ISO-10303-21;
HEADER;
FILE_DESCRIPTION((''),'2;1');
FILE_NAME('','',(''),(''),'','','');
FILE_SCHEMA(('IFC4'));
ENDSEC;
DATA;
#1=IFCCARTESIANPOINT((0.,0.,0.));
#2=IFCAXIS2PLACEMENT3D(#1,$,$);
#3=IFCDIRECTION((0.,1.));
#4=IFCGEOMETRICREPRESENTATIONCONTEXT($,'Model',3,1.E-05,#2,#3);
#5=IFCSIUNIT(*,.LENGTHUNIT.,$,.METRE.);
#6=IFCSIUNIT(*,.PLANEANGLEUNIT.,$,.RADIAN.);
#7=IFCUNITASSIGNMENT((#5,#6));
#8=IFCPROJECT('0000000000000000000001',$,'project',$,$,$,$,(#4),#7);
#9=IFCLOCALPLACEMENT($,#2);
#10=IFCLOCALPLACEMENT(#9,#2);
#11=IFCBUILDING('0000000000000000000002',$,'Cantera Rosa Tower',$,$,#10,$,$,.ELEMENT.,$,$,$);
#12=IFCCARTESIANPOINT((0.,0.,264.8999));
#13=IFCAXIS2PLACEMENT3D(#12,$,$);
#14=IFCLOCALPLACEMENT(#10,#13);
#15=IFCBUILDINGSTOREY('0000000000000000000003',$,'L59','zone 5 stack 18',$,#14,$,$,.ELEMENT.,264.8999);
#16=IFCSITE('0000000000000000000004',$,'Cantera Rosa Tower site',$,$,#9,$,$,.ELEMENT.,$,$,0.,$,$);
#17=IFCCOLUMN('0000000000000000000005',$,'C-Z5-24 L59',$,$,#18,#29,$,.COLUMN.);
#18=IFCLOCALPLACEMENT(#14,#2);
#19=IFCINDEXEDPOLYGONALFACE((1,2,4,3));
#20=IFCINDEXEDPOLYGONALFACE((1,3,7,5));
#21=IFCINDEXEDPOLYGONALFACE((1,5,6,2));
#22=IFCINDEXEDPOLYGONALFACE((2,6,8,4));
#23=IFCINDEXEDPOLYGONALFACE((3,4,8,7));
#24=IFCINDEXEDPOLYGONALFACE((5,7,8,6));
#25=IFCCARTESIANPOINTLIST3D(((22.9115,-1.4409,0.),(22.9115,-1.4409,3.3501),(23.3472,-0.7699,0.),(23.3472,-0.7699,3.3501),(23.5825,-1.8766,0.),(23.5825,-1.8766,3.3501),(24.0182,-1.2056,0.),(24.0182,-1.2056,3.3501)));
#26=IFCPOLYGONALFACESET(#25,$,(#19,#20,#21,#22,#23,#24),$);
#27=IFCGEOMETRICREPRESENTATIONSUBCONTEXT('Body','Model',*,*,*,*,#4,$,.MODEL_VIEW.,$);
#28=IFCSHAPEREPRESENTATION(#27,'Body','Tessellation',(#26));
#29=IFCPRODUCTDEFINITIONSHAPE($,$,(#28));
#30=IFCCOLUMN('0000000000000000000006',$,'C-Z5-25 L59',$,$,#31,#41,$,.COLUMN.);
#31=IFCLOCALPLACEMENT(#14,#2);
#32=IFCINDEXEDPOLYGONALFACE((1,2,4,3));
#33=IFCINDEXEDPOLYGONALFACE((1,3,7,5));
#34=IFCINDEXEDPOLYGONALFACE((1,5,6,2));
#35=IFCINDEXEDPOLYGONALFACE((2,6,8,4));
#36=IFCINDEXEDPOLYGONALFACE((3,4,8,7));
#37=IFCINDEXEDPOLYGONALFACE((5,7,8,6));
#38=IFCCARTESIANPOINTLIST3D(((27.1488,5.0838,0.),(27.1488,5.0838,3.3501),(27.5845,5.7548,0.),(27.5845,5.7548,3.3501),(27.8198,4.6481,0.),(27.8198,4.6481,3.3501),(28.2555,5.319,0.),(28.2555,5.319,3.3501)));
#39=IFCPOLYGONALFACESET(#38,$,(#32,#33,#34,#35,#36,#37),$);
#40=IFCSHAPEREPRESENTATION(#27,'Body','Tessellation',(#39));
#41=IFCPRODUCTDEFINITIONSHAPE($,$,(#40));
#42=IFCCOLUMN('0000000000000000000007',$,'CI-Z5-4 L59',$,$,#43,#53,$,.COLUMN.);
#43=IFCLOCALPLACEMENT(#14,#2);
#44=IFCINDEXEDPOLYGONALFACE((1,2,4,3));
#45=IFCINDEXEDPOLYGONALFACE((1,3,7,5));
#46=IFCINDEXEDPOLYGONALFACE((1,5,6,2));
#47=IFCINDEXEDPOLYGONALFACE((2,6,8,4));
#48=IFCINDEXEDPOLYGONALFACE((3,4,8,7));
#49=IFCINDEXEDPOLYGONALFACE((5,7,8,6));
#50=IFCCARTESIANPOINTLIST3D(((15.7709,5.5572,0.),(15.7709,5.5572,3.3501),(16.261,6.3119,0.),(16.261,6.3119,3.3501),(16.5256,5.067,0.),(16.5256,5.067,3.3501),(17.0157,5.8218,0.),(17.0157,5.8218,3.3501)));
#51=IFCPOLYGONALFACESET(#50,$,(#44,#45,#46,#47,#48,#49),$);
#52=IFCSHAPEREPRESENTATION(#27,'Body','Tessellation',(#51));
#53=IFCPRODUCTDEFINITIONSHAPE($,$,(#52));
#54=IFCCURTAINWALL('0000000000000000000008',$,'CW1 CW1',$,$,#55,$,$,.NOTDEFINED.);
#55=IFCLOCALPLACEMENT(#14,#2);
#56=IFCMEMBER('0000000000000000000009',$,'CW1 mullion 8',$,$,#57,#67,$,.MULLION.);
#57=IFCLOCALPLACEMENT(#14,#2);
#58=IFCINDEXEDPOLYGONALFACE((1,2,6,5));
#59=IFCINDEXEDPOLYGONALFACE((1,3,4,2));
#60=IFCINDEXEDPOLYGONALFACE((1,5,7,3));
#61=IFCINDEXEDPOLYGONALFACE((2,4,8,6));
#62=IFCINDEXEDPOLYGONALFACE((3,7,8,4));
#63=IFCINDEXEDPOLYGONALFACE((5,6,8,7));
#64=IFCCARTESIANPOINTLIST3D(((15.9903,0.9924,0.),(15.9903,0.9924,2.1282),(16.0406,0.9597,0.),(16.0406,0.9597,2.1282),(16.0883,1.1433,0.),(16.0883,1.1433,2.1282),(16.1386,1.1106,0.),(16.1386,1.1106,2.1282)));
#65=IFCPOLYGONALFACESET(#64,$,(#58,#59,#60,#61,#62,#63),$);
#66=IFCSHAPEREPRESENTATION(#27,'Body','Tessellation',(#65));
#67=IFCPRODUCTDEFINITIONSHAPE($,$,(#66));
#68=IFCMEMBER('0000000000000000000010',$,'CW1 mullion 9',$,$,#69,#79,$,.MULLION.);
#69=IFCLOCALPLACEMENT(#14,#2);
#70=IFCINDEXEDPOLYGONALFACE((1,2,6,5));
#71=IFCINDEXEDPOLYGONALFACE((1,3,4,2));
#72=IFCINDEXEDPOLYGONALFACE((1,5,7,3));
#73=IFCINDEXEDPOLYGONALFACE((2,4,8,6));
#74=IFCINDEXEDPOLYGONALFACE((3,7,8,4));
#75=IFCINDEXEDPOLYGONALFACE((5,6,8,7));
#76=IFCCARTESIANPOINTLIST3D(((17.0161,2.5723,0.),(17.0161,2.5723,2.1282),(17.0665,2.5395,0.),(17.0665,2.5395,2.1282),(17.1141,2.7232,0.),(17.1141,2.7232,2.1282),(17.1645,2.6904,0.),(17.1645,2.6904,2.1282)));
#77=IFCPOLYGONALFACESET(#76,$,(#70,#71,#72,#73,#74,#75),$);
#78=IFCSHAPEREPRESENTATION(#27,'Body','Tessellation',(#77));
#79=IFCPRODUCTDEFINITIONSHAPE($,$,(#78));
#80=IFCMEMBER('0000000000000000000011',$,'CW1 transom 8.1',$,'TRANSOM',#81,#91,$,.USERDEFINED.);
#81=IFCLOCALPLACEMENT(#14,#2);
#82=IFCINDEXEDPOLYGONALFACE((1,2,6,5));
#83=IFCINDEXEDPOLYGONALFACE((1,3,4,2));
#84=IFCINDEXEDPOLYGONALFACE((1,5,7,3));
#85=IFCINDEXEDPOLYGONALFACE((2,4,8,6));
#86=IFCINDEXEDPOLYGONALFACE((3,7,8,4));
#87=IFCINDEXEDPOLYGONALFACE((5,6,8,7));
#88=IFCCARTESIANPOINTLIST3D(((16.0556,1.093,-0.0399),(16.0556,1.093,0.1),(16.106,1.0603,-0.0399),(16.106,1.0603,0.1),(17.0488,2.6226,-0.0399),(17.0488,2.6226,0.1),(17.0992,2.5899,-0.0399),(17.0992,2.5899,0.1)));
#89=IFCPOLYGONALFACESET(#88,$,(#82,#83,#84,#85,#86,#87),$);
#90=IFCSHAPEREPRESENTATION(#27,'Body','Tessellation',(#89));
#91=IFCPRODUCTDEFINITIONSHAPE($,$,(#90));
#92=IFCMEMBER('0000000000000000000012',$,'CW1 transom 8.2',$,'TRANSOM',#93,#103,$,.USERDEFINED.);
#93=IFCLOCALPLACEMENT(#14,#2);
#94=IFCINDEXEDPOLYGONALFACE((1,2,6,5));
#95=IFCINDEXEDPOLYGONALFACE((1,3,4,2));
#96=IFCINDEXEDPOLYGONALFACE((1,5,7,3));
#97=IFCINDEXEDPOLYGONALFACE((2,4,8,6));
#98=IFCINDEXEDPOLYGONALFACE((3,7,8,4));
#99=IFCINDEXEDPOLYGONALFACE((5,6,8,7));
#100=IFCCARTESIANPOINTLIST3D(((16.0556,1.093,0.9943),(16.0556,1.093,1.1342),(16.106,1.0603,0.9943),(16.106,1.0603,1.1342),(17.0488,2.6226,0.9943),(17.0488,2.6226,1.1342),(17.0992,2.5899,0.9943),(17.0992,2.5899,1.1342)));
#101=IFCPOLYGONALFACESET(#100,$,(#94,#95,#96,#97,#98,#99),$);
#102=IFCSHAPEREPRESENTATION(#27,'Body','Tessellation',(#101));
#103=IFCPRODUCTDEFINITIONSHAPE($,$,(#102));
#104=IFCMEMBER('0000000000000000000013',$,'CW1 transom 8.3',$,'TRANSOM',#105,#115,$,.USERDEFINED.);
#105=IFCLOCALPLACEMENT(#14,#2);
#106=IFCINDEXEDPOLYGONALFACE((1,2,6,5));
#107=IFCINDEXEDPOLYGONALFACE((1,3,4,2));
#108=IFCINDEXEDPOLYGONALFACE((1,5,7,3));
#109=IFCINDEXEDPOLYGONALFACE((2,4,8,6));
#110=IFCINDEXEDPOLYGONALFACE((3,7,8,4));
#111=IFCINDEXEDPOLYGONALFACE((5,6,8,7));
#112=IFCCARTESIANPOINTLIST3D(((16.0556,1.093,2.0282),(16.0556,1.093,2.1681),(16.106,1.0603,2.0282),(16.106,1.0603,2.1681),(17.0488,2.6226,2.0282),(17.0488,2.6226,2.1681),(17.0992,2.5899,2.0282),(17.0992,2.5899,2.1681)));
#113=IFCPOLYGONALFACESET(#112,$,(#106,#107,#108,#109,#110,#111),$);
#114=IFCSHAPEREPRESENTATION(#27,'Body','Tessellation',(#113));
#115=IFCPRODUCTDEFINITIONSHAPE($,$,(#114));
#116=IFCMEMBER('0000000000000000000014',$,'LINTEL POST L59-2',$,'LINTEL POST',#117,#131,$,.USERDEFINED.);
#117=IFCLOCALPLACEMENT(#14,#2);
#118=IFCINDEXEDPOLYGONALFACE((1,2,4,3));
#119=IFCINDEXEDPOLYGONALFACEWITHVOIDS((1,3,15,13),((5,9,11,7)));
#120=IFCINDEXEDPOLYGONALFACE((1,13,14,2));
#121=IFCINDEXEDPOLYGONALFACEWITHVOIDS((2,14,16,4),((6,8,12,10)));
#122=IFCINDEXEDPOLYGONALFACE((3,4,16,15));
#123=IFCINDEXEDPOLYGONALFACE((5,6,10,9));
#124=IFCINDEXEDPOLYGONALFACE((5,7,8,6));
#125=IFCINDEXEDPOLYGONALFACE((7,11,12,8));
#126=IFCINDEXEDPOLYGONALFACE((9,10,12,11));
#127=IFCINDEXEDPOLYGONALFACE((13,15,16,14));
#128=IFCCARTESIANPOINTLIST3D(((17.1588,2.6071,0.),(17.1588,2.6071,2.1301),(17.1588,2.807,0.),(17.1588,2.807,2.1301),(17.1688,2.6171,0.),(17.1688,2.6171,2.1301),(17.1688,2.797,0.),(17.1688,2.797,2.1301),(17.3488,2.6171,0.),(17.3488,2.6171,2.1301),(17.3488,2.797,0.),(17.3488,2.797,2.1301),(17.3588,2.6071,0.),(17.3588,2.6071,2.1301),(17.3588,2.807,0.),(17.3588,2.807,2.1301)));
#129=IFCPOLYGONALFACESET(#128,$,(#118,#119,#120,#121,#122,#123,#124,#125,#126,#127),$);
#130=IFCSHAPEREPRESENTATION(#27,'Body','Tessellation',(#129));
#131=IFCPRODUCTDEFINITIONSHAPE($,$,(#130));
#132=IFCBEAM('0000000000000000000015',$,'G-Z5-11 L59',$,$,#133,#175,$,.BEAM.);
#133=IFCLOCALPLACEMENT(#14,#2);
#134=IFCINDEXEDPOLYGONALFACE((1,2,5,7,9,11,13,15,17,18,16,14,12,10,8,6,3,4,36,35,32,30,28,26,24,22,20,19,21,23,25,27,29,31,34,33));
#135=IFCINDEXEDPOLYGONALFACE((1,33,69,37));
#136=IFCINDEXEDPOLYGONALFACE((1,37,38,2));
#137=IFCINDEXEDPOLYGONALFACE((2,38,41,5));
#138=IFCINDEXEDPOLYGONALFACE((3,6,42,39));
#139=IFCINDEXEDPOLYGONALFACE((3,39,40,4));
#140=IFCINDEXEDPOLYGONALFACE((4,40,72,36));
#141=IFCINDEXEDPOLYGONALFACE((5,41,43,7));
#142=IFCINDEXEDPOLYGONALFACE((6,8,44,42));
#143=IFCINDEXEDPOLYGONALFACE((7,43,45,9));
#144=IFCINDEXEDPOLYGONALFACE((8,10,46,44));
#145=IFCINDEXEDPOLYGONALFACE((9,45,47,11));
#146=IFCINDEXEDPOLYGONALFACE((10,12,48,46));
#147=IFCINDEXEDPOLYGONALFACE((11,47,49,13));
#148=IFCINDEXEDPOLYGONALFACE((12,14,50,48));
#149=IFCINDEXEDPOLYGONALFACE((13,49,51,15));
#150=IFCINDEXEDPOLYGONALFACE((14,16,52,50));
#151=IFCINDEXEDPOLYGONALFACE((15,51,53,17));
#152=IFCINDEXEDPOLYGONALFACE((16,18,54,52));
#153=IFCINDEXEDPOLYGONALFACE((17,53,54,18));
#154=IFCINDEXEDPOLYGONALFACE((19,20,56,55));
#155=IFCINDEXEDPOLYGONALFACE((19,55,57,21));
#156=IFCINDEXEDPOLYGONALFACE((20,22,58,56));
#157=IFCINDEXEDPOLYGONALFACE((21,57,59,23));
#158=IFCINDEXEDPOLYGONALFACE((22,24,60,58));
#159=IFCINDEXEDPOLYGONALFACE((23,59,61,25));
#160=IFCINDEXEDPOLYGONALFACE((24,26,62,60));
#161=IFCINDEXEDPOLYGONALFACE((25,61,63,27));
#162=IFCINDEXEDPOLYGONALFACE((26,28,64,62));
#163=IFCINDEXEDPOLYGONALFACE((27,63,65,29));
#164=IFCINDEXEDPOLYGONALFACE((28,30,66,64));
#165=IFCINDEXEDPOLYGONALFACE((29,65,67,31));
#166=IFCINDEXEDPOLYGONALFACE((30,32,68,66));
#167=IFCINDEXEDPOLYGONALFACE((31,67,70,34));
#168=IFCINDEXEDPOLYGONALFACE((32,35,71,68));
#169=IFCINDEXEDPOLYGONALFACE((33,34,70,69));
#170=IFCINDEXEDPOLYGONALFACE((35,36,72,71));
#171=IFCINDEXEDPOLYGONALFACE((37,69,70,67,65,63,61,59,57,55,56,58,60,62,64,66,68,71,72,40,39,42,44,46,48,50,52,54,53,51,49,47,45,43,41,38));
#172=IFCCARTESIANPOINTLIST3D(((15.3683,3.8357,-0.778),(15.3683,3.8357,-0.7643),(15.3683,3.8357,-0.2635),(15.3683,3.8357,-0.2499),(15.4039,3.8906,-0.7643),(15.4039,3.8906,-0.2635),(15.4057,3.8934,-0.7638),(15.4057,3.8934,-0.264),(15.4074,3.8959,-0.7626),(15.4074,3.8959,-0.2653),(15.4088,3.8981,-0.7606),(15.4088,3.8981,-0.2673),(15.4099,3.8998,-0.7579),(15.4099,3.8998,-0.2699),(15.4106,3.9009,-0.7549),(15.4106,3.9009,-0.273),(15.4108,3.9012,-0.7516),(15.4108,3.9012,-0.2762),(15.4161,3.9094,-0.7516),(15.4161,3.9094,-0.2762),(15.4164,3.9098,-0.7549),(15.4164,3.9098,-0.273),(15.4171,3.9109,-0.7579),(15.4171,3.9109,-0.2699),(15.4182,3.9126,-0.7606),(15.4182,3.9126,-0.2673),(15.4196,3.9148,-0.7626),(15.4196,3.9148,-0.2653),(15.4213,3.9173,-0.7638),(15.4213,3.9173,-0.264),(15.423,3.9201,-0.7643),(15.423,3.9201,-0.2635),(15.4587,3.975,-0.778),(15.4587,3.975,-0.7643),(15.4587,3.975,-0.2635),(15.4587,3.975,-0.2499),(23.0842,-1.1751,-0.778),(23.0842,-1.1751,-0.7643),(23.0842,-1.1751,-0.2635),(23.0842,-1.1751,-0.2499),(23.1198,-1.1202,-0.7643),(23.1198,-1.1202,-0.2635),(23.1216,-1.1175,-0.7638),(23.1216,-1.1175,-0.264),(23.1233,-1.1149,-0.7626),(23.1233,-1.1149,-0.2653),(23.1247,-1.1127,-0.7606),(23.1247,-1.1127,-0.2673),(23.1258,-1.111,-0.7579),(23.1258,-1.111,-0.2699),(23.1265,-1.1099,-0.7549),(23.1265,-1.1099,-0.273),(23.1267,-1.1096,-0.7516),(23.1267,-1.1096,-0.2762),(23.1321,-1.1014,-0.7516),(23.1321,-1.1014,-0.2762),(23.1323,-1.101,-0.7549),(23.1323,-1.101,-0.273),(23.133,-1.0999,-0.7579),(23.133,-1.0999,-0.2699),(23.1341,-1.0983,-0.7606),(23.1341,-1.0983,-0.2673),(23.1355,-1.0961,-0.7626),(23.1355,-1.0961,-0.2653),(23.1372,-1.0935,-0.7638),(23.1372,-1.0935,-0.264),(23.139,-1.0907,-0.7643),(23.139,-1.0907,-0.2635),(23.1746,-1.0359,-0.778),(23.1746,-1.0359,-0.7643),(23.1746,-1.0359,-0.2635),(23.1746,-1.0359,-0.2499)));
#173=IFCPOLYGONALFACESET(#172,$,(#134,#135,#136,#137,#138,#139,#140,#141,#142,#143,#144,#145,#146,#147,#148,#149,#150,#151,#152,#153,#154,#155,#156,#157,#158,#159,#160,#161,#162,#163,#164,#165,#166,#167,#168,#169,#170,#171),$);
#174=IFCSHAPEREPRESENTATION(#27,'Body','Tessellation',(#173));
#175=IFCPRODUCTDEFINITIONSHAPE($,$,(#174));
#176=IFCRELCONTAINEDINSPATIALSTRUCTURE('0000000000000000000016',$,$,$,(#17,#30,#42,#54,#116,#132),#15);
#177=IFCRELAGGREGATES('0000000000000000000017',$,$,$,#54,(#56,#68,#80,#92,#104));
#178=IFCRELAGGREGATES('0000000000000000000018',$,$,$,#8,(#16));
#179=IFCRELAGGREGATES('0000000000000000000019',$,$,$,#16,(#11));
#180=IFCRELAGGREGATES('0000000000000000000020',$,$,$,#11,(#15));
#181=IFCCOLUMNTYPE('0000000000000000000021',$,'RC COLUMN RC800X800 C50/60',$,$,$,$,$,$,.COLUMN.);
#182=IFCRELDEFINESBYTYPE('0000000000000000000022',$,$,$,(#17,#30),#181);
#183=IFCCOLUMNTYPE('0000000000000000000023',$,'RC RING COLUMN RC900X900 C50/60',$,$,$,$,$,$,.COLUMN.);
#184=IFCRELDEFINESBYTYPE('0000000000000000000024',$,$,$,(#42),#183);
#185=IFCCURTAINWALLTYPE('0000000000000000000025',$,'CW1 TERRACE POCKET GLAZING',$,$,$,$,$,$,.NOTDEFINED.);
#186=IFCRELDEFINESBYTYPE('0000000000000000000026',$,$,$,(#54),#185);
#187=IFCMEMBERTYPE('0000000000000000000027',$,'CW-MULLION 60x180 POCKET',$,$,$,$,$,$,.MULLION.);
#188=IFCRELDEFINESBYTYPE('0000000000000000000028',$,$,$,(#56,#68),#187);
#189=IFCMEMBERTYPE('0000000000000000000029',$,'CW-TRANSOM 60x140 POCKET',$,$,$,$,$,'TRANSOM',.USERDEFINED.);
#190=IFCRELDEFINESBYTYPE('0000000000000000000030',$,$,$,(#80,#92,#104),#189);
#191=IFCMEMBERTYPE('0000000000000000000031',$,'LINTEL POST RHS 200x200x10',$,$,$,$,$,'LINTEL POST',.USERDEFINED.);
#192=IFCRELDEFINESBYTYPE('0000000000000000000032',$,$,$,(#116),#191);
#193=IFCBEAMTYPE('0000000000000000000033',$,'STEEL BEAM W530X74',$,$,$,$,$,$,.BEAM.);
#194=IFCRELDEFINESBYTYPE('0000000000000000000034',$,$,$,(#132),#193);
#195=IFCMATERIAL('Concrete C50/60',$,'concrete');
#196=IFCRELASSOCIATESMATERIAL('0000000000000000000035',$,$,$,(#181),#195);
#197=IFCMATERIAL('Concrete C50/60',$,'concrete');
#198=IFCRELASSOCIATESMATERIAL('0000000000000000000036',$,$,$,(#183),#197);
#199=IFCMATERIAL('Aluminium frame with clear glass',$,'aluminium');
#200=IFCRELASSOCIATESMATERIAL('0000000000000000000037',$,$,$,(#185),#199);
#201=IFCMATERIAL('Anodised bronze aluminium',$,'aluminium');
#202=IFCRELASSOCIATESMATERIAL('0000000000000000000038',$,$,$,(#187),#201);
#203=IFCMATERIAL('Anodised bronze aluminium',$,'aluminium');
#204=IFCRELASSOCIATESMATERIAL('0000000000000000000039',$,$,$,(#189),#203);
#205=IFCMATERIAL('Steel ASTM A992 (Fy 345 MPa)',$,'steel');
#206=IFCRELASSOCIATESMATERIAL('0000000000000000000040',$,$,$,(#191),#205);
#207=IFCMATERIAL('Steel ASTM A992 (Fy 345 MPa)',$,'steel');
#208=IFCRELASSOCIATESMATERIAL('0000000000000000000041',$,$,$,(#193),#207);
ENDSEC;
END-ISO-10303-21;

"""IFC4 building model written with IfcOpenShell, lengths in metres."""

from ifc_helpers import new_model, si_unit, direction, frame, origin, origin_2d, place, context, subcontext, project, spatial, rectangle, hollow_rectangle, i_section, extrude, material, material_profile, profile_set, type_object, element, aggregate, save


model = new_model("IFC4")

# Units and contexts
model_context = context("Model", 3, precision=1e-05, world=origin(), true_north=direction((0.0, 1.0)))
body_context = subcontext(model_context, "Body", "Model", "MODEL_VIEW")
ifc_project = project(units=[si_unit("LENGTHUNIT", "METRE"), si_unit("PLANEANGLEUNIT", "RADIAN")], contexts=[model_context])

# Site, building, storey
site_placement = place(None, origin())
site = spatial("IfcSite", under=ifc_project, at=site_placement, Name="Cantera Rosa Tower site", CompositionType="ELEMENT", RefElevation=0.0)
building_placement = place(site_placement, origin())
building = spatial("IfcBuilding", under=site, at=building_placement, Name="Cantera Rosa Tower", CompositionType="ELEMENT")
storey_placement = place(building_placement, frame((0.0, 0.0, 264.8999)))
storey = spatial("IfcBuildingStorey", under=building, at=storey_placement, Name="L59", Description="zone 5 stack 18", CompositionType="ELEMENT", Elevation=264.8999)

# Columns
ifc_material_1 = material(Name="Concrete C50/60", Category="concrete")
ifc_material_profile_1 = material_profile(ifc_material_1, rectangle(XDim=0.8, YDim=0.8, at=origin_2d()), Name="RC COLUMN RC800X800 C50/60")
ifc_profile_set_1 = profile_set([ifc_material_profile_1], Name="Concrete C50/60")
column_type_1 = type_object("IfcColumnType", Name="RC COLUMN RC800X800 C50/60", PredefinedType="COLUMN", material=ifc_profile_set_1)
for number, where, z_axis, x_axis, name in (
    (1, (23.4648, -1.3232, 0.0), (0.0, 0.0, 1.0), (0.544639, 0.838671, 0.0), "C-Z5-24 L59"),
    (2, (27.7021, 5.2014, 0.0), (0.0, 0.0, 1.0), (0.544639, 0.838671, 0.0), "C-Z5-25 L59"),
):
    element("IfcColumn", number, at=place(storey_placement, frame(where, z_axis=z_axis, x_axis=x_axis)), inside=storey, type_object=column_type_1, Name=name, PredefinedType="COLUMN", context=body_context, shape_type="SweptSolid", body=[
        extrude(rectangle(XDim=0.8, YDim=0.8, at=origin_2d()), origin(), (0.0, 0.0, 1.0), 3.3501),
    ])
ifc_material_2 = material(Name="Concrete C50/60", Category="concrete")
ifc_material_profile_2 = material_profile(ifc_material_2, rectangle(XDim=0.8999, YDim=0.8999, at=origin_2d()), Name="RC RING COLUMN RC900X900 C50/60")
ifc_profile_set_2 = profile_set([ifc_material_profile_2], Name="Concrete C50/60")
column_type_2 = type_object("IfcColumnType", Name="RC RING COLUMN RC900X900 C50/60", PredefinedType="COLUMN", material=ifc_profile_set_2)
column_placement = place(storey_placement, frame((16.3933, 5.6895, 0.0), z_axis=(0.0, 0.0, 1.0), x_axis=(0.544639, 0.838671, 0.0)))
element("IfcColumn", 3, at=column_placement, inside=storey, type_object=column_type_2, Name="CI-Z5-4 L59", PredefinedType="COLUMN", context=body_context, shape_type="SweptSolid", body=[
    extrude(rectangle(XDim=0.8999, YDim=0.8999, at=origin_2d()), origin(), (0.0, 0.0, 1.0), 3.3501),
])

# Curtain wall, members
ifc_material_3 = material(Name="Aluminium frame with clear glass", Category="aluminium")
curtain_wall_type = type_object("IfcCurtainWallType", Name="CW1 TERRACE POCKET GLAZING", PredefinedType="NOTDEFINED", material=ifc_material_3)
curtain_wall_placement = place(storey_placement, origin())
curtain_wall = element("IfcCurtainWall", 4, at=curtain_wall_placement, inside=storey, type_object=curtain_wall_type, Name="CW1 CW1", PredefinedType="NOTDEFINED")
ifc_material_4 = material(Name="Anodised bronze aluminium", Category="aluminium")
ifc_material_profile_3 = material_profile(ifc_material_4, rectangle(XDim=0.0601, YDim=0.1799, at=origin_2d()), Name="CW-MULLION 60x180 POCKET")
ifc_profile_set_3 = profile_set([ifc_material_profile_3], Name="Anodised bronze aluminium")
member_type_1 = type_object("IfcMemberType", Name="CW-MULLION 60x180 POCKET", PredefinedType="MULLION", material=ifc_profile_set_3)
member_1_placement = place(storey_placement, frame((16.0645, 1.0515, 0.0), z_axis=(0.0, 0.0, 1.0), x_axis=(-0.838671, 0.544639, 0.0)))
member_1 = element("IfcMember", 5, at=member_1_placement, type_object=member_type_1, Name="CW1 mullion 8", PredefinedType="MULLION", context=body_context, shape_type="SweptSolid", body=[
    extrude(rectangle(XDim=0.0601, YDim=0.1799, at=origin_2d()), origin(), (0.0, 0.0, 1.0), 2.1282),
])
member_2_placement = place(storey_placement, frame((17.0903, 2.6313, 0.0), z_axis=(0.0, 0.0, 1.0), x_axis=(-0.838671, 0.544639, 0.0)))
member_2 = element("IfcMember", 6, at=member_2_placement, type_object=member_type_1, Name="CW1 mullion 9", PredefinedType="MULLION", context=body_context, shape_type="SweptSolid", body=[
    extrude(rectangle(XDim=0.0601, YDim=0.1799, at=origin_2d()), origin(), (0.0, 0.0, 1.0), 2.1282),
])
ifc_material_5 = material(Name="Anodised bronze aluminium", Category="aluminium")
ifc_material_profile_4 = material_profile(ifc_material_5, rectangle(XDim=0.0601, YDim=0.1399, at=origin_2d()), Name="CW-TRANSOM 60x140 POCKET")
ifc_profile_set_4 = profile_set([ifc_material_profile_4], Name="Anodised bronze aluminium")
member_type_2 = type_object("IfcMemberType", Name="CW-TRANSOM 60x140 POCKET", ElementType="TRANSOM", PredefinedType="USERDEFINED", material=ifc_profile_set_4)
member_3_placement = place(storey_placement, frame((16.0808, 1.0767, 0.03), z_axis=(0.544588, 0.838703, 0.0), x_axis=(-0.838703, 0.544588, 0.0)))
member_3 = element("IfcMember", 7, at=member_3_placement, type_object=member_type_2, Name="CW1 transom 8.1", ObjectType="TRANSOM", PredefinedType="USERDEFINED", context=body_context, shape_type="SweptSolid", body=[
    extrude(rectangle(XDim=0.0601, YDim=0.1399, at=origin_2d()), origin(), (0.0, 0.0, 1.0), 1.8237),
])
member_4_placement = place(storey_placement, frame((16.0808, 1.0767, 1.0642), z_axis=(0.544588, 0.838703, 0.0), x_axis=(-0.838703, 0.544588, 0.0)))
member_4 = element("IfcMember", 8, at=member_4_placement, type_object=member_type_2, Name="CW1 transom 8.2", ObjectType="TRANSOM", PredefinedType="USERDEFINED", context=body_context, shape_type="SweptSolid", body=[
    extrude(rectangle(XDim=0.0601, YDim=0.1399, at=origin_2d()), origin(), (0.0, 0.0, 1.0), 1.8237),
])
member_5_placement = place(storey_placement, frame((16.0808, 1.0767, 2.0981), z_axis=(0.544588, 0.838703, 0.0), x_axis=(-0.838703, 0.544588, 0.0)))
member_5 = element("IfcMember", 9, at=member_5_placement, type_object=member_type_2, Name="CW1 transom 8.3", ObjectType="TRANSOM", PredefinedType="USERDEFINED", context=body_context, shape_type="SweptSolid", body=[
    extrude(rectangle(XDim=0.0601, YDim=0.1399, at=origin_2d()), origin(), (0.0, 0.0, 1.0), 1.8237),
])

# Member
ifc_material_6 = material(Name="Steel ASTM A992 (Fy 345 MPa)", Category="steel")
ifc_material_profile_5 = material_profile(ifc_material_6, hollow_rectangle(XDim=0.2, YDim=0.2, WallThickness=0.01, at=origin_2d()), Name="LINTEL POST RHS 200x200x10")
ifc_profile_set_5 = profile_set([ifc_material_profile_5], Name="Steel ASTM A992 (Fy 345 MPa)")
member_type_3 = type_object("IfcMemberType", Name="LINTEL POST RHS 200x200x10", ElementType="LINTEL POST", PredefinedType="USERDEFINED", material=ifc_profile_set_5)
member_6_placement = place(storey_placement, frame((17.2588, 2.707, 0.0), z_axis=(0.0, 0.0, 1.0), x_axis=(1.0, 0.0, 0.0)))
element("IfcMember", 10, at=member_6_placement, inside=storey, type_object=member_type_3, Name="LINTEL POST L59-2", ObjectType="LINTEL POST", PredefinedType="USERDEFINED", context=body_context, shape_type="SweptSolid", body=[
    extrude(hollow_rectangle(XDim=0.2, YDim=0.2, WallThickness=0.01, at=origin_2d()), origin(), (0.0, 0.0, 1.0), 2.1301),
])

# Beam
ifc_material_7 = material(Name="Steel ASTM A992 (Fy 345 MPa)", Category="steel")
ifc_material_profile_6 = material_profile(ifc_material_7, i_section(OverallWidth=0.166, OverallDepth=0.5281, WebThickness=0.0098, FlangeThickness=0.0137, FilletRadius=0.0127, at=origin_2d()), Name="W530X74")
ifc_profile_set_6 = profile_set([ifc_material_profile_6], Name="Steel ASTM A992 (Fy 345 MPa)")
beam_type_1 = type_object("IfcBeamType", Name="STEEL BEAM W530X74", PredefinedType="BEAM", material=ifc_profile_set_6)
beam_1_placement = place(storey_placement, frame((23.1294, -1.1055, -0.5139), z_axis=(-0.838669, 0.544641, 0.0), x_axis=(-0.544641, -0.838669, 0.0)))
element("IfcBeam", 11, at=beam_1_placement, inside=storey, type_object=beam_type_1, Name="G-Z5-11 L59", PredefinedType="BEAM", context=body_context, shape_type="SweptSolid", body=[
    extrude(i_section(OverallWidth=0.166, OverallDepth=0.5281, WebThickness=0.0098, FlangeThickness=0.0137, FilletRadius=0.0127, at=origin_2d()), origin(), (0.0, 0.0, 1.0), 9.2002),
])

aggregate(curtain_wall, [member_1, member_2, member_3, member_4, member_5])

save(model, "model.ifc")
